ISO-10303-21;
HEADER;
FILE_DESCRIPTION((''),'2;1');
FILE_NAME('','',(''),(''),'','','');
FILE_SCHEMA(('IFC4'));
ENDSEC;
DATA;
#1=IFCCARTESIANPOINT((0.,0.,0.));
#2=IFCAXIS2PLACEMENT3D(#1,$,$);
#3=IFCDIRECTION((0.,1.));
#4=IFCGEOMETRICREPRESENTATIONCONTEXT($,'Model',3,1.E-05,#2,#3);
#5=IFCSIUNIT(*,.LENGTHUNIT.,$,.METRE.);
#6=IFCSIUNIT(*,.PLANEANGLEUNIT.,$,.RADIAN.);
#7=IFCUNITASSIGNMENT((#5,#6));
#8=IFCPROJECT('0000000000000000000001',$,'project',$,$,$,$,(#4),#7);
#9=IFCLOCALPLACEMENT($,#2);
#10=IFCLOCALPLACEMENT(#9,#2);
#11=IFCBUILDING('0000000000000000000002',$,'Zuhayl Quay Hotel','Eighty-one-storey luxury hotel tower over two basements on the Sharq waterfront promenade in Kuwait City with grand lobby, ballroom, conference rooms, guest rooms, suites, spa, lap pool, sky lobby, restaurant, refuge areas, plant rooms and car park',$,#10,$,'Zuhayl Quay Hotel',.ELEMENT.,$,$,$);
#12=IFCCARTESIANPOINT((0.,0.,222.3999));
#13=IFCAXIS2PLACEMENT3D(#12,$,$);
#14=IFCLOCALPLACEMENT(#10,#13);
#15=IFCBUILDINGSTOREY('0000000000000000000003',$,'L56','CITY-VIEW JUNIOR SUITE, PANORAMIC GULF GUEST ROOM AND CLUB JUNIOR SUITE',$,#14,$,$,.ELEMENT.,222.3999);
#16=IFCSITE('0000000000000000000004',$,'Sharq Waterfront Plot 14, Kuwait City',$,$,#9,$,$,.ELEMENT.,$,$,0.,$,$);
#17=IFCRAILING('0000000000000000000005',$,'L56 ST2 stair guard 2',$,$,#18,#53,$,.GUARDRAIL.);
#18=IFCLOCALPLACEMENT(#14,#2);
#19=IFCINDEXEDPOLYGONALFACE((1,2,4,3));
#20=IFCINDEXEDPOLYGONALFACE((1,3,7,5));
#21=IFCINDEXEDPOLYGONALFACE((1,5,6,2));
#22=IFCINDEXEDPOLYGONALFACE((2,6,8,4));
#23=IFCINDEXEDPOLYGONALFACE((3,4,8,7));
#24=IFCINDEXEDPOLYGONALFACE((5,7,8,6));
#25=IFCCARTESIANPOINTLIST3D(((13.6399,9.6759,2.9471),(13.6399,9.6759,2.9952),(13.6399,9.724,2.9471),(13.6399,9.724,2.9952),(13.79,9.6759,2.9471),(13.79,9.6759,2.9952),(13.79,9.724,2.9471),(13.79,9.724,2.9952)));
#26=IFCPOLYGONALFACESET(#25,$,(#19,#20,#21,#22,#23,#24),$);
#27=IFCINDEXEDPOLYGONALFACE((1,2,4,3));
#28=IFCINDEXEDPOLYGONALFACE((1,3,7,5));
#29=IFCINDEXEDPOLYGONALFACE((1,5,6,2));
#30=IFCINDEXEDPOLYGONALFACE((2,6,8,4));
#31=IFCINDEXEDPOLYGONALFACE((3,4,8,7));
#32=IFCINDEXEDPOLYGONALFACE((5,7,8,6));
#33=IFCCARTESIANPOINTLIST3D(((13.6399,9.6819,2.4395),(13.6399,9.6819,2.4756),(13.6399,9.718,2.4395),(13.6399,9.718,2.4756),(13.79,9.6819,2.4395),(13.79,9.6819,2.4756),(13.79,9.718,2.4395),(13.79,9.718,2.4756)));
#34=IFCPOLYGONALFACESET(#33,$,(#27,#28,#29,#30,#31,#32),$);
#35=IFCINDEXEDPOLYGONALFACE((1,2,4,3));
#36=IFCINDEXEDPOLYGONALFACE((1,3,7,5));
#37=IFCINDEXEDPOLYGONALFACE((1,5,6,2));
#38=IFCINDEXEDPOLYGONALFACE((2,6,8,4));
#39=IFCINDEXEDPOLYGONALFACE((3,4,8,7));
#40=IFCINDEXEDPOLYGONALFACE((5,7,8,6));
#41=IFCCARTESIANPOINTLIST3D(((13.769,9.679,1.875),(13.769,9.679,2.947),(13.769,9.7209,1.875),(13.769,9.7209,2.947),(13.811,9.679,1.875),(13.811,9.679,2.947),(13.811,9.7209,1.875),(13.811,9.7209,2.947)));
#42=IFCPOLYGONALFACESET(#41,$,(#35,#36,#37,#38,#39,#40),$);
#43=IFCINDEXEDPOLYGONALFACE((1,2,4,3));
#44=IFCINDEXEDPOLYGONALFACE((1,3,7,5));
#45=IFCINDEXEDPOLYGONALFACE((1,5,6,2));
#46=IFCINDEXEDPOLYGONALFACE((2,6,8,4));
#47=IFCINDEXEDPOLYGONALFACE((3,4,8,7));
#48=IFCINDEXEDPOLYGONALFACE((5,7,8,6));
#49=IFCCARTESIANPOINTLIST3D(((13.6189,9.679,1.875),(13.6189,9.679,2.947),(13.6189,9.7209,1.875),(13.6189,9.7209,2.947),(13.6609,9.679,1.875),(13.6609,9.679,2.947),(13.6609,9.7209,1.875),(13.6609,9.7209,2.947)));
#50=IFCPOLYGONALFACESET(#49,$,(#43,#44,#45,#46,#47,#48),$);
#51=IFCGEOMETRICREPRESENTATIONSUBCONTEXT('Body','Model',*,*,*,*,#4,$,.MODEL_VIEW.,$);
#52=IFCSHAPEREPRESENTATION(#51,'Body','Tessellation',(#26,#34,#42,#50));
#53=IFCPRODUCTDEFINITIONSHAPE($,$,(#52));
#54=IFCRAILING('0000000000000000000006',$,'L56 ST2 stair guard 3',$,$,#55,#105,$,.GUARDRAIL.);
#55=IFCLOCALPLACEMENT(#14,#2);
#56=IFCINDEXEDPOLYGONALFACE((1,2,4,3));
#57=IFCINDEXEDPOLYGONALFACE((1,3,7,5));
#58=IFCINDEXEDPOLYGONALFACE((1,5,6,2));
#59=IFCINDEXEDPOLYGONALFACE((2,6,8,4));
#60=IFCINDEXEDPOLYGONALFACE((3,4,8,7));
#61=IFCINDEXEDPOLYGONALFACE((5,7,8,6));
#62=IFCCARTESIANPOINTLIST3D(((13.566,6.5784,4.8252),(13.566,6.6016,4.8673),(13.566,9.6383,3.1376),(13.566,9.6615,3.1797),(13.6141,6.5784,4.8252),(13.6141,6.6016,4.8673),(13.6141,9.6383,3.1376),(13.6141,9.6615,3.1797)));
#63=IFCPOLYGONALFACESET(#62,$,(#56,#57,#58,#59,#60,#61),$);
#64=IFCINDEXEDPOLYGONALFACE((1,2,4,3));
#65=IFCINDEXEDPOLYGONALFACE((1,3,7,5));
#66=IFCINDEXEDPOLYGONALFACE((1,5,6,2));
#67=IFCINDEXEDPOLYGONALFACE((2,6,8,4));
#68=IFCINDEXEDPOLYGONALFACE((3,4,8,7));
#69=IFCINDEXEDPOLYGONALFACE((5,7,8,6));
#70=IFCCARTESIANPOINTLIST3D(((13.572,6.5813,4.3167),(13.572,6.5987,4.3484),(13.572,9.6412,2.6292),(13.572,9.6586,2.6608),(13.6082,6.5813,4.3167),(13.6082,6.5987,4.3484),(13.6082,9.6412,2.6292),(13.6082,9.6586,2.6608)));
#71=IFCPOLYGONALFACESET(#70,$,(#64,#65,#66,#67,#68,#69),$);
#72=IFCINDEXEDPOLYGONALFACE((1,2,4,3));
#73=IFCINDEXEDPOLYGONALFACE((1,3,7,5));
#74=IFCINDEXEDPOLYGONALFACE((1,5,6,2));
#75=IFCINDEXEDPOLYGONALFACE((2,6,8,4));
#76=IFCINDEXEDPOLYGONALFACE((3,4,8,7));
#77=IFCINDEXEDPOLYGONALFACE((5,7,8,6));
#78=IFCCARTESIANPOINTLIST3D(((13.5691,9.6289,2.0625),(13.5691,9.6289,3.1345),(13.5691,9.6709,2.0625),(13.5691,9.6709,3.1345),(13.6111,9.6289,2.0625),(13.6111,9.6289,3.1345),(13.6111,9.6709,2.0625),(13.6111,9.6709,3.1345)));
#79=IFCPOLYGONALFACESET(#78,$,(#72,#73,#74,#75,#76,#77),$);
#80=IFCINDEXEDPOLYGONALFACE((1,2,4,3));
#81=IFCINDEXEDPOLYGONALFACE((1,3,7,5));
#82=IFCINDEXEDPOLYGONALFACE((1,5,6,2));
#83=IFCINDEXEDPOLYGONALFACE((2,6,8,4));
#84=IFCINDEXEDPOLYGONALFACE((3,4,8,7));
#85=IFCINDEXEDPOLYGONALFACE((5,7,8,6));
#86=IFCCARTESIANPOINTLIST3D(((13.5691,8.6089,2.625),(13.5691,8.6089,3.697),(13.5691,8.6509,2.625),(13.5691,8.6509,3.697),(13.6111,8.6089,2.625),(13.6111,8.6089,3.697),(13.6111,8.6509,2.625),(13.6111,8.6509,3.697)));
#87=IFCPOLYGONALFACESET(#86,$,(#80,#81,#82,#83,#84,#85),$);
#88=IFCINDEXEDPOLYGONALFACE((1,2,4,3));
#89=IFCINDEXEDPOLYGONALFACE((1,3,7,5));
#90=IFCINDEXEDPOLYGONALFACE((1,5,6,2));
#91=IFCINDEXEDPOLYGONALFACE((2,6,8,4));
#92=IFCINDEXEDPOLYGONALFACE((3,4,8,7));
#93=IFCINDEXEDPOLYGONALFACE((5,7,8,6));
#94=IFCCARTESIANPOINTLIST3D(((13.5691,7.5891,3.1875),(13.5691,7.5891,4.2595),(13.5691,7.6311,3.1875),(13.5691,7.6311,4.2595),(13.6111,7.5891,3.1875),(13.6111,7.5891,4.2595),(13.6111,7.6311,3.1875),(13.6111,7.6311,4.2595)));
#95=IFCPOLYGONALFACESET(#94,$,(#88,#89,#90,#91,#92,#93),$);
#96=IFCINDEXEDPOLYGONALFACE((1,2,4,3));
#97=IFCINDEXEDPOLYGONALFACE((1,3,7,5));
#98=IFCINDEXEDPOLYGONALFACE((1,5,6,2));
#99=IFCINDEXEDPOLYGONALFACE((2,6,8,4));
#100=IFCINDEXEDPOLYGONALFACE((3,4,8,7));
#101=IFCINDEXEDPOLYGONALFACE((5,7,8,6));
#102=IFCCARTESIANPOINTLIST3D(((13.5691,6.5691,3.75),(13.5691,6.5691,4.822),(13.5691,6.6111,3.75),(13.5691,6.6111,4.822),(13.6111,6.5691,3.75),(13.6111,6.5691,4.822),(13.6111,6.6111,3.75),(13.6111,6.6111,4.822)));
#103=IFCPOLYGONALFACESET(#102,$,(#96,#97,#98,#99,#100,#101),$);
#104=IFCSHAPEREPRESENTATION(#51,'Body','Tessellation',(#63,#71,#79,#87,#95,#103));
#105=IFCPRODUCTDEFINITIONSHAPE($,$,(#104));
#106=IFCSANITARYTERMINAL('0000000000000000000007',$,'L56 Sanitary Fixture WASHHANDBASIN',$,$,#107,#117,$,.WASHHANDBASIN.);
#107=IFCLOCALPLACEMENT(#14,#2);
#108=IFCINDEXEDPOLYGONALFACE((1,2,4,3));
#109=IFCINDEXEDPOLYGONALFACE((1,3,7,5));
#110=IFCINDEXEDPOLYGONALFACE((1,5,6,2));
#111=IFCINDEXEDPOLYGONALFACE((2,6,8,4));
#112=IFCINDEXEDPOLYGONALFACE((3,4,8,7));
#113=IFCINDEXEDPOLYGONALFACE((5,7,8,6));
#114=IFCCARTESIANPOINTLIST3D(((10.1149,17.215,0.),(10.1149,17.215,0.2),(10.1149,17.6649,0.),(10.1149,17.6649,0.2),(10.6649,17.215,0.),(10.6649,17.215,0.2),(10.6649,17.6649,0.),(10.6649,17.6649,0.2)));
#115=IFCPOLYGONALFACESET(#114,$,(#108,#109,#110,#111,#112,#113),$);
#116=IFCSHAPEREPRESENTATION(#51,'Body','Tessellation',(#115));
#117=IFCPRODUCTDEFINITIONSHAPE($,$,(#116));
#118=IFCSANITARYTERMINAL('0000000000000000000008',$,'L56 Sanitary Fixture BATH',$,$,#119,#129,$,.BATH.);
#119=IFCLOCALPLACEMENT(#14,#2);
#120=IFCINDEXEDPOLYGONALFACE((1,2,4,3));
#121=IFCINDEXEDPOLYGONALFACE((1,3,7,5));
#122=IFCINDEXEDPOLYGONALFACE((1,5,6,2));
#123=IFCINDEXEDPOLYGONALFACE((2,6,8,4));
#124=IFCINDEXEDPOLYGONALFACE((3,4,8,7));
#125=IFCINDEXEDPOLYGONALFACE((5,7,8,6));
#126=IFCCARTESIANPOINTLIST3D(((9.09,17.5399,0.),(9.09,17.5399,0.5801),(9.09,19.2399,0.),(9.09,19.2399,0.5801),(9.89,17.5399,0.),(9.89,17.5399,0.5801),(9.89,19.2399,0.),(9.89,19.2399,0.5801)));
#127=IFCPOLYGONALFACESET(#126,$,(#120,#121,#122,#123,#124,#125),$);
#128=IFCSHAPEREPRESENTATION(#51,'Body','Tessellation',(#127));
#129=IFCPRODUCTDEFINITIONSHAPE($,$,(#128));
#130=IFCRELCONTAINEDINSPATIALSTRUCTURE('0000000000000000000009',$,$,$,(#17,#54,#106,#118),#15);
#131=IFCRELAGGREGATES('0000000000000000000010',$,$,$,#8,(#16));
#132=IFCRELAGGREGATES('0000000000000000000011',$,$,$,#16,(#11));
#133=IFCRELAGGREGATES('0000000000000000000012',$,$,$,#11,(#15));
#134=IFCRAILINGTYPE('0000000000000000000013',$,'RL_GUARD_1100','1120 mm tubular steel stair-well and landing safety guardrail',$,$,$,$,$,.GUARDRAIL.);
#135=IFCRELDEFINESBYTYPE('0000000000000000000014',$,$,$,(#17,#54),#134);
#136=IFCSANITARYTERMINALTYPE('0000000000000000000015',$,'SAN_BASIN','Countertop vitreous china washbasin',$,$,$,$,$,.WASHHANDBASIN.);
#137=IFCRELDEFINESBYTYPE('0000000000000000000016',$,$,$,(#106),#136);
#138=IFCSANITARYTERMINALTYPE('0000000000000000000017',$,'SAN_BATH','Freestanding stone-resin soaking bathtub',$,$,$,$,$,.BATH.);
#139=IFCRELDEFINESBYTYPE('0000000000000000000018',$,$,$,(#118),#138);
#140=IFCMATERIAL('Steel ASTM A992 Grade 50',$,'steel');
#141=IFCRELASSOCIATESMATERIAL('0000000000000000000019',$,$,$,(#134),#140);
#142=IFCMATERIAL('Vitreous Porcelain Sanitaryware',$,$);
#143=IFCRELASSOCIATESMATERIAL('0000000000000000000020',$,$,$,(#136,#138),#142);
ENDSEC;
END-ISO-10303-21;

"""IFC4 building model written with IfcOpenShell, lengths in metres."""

from ifc_helpers import new_model, si_unit, direction, frame, origin, origin_2d, place, context, subcontext, project, spatial, rectangle, extrude, material, type_object, element, save


model = new_model("IFC4")

# Units and contexts
model_context = context("Model", 3, precision=1e-05, world=origin(), true_north=direction((0.0, 1.0)))
body_context = subcontext(model_context, "Body", "Model", "MODEL_VIEW")
ifc_project = project(units=[si_unit("LENGTHUNIT", "METRE"), si_unit("PLANEANGLEUNIT", "RADIAN")], contexts=[model_context])

# Site, building, storey
site_placement = place(None, origin())
site = spatial("IfcSite", under=ifc_project, at=site_placement, Name="Sharq Waterfront Plot 14, Kuwait City", CompositionType="ELEMENT", RefElevation=0.0)
building_placement = place(site_placement, origin())
building = spatial("IfcBuilding", under=site, at=building_placement, Name="Zuhayl Quay Hotel", Description="Eighty-one-storey luxury hotel tower over two basements on the Sharq waterfront promenade in Kuwait City with grand lobby, ballroom, conference rooms, guest rooms, suites, spa, lap pool, sky lobby, restaurant, refuge areas, plant rooms and car park", LongName="Zuhayl Quay Hotel", CompositionType="ELEMENT")
storey_placement = place(building_placement, frame((0.0, 0.0, 222.3999)))
storey = spatial("IfcBuildingStorey", under=building, at=storey_placement, Name="L56", Description="CITY-VIEW JUNIOR SUITE, PANORAMIC GULF GUEST ROOM AND CLUB JUNIOR SUITE", CompositionType="ELEMENT", Elevation=222.3999)

# Shared definitions
ifc_material_1 = material(Name="Steel ASTM A992 Grade 50", Category="steel")

# Railings
railing_type = type_object("IfcRailingType", Name="RL_GUARD_1100", Description="1120 mm tubular steel stair-well and landing safety guardrail", PredefinedType="GUARDRAIL", material=ifc_material_1)
railing_1_placement = place(storey_placement, frame((13.79, 9.7, 1.875)))
element("IfcRailing", 1, at=railing_1_placement, inside=storey, type_object=railing_type, Name="L56 ST2 stair guard 2", PredefinedType="GUARDRAIL", context=body_context, shape_type="SweptSolid", body=[
    extrude(rectangle(XDim=0.0481, YDim=0.0481, at=origin_2d()), frame((0.0, 0.0, 1.0962), z_axis=(-1.0, 0.0, 0.0), x_axis=(0.0, -1.0, 0.0)), (0.0, 0.0, 1.0), 0.1501),
    extrude(rectangle(XDim=0.0361, YDim=0.0361, at=origin_2d()), frame((0.0, 0.0, 0.5825), z_axis=(-1.0, 0.0, 0.0), x_axis=(0.0, -1.0, 0.0)), (0.0, 0.0, 1.0), 0.1501),
    extrude(rectangle(XDim=0.042, YDim=0.042, at=origin_2d()), origin(), (0.0, 0.0, 1.0), 1.072),
    extrude(rectangle(XDim=0.042, YDim=0.042, at=origin_2d()), frame((-0.1501, 0.0, 0.0)), (0.0, 0.0, 1.0), 1.072),
])
railing_2_placement = place(storey_placement, frame((13.5901, 9.6499, 2.0625)))
element("IfcRailing", 2, at=railing_2_placement, inside=storey, type_object=railing_type, Name="L56 ST2 stair guard 3", PredefinedType="GUARDRAIL", context=body_context, shape_type="SweptSolid", body=[
    extrude(rectangle(XDim=0.0481, YDim=0.0481, at=origin_2d()), frame((0.0, 0.0, 1.0962), z_axis=(0.0, -0.875659, 0.48293), x_axis=(1.0, 0.0, 0.0)), (0.0, 0.0, 1.0), 3.4944),
    extrude(rectangle(XDim=0.0361, YDim=0.0361, at=origin_2d()), frame((0.0, 0.0, 0.5825), z_axis=(0.0, -0.875659, 0.48293), x_axis=(1.0, 0.0, 0.0)), (0.0, 0.0, 1.0), 3.4944),
    extrude(rectangle(XDim=0.042, YDim=0.042, at=origin_2d()), origin(), (0.0, 0.0, 1.0), 1.072),
    extrude(rectangle(XDim=0.042, YDim=0.042, at=origin_2d()), frame((0.0, -1.02, 0.5625)), (0.0, 0.0, 1.0), 1.072),
    extrude(rectangle(XDim=0.042, YDim=0.042, at=origin_2d()), frame((0.0, -2.0398, 1.125)), (0.0, 0.0, 1.0), 1.072),
    extrude(rectangle(XDim=0.042, YDim=0.042, at=origin_2d()), frame((0.0, -3.0598, 1.6875)), (0.0, 0.0, 1.0), 1.072),
])

# Sanitary terminals
ifc_material_2 = material(Name="Vitreous Porcelain Sanitaryware")
sanitary_terminal_type_1 = type_object("IfcSanitaryTerminalType", Name="SAN_BASIN", Description="Countertop vitreous china washbasin", PredefinedType="WASHHANDBASIN", material=ifc_material_2)
sanitary_terminal_1_placement = place(storey_placement, frame((10.3899, 17.4399, 0.0), z_axis=(0.0, 0.0, 1.0), x_axis=(1.0, 0.0, 0.0)))
element("IfcSanitaryTerminal", 3, at=sanitary_terminal_1_placement, inside=storey, type_object=sanitary_terminal_type_1, Name="L56 Sanitary Fixture WASHHANDBASIN", PredefinedType="WASHHANDBASIN", context=body_context, shape_type="SweptSolid", body=[
    extrude(rectangle(XDim=0.55, YDim=0.45, at=origin_2d()), origin(), (0.0, 0.0, 1.0), 0.2),
])
sanitary_terminal_type_2 = type_object("IfcSanitaryTerminalType", Name="SAN_BATH", Description="Freestanding stone-resin soaking bathtub", PredefinedType="BATH", material=ifc_material_2)
sanitary_terminal_2_placement = place(storey_placement, frame((9.49, 18.3899, 0.0), z_axis=(0.0, 0.0, 1.0), x_axis=(1.0, 0.0, 0.0)))
element("IfcSanitaryTerminal", 4, at=sanitary_terminal_2_placement, inside=storey, type_object=sanitary_terminal_type_2, Name="L56 Sanitary Fixture BATH", PredefinedType="BATH", context=body_context, shape_type="SweptSolid", body=[
    extrude(rectangle(XDim=0.8, YDim=1.7, at=origin_2d()), origin(), (0.0, 0.0, 1.0), 0.5801),
])

save(model, "model.ifc")
